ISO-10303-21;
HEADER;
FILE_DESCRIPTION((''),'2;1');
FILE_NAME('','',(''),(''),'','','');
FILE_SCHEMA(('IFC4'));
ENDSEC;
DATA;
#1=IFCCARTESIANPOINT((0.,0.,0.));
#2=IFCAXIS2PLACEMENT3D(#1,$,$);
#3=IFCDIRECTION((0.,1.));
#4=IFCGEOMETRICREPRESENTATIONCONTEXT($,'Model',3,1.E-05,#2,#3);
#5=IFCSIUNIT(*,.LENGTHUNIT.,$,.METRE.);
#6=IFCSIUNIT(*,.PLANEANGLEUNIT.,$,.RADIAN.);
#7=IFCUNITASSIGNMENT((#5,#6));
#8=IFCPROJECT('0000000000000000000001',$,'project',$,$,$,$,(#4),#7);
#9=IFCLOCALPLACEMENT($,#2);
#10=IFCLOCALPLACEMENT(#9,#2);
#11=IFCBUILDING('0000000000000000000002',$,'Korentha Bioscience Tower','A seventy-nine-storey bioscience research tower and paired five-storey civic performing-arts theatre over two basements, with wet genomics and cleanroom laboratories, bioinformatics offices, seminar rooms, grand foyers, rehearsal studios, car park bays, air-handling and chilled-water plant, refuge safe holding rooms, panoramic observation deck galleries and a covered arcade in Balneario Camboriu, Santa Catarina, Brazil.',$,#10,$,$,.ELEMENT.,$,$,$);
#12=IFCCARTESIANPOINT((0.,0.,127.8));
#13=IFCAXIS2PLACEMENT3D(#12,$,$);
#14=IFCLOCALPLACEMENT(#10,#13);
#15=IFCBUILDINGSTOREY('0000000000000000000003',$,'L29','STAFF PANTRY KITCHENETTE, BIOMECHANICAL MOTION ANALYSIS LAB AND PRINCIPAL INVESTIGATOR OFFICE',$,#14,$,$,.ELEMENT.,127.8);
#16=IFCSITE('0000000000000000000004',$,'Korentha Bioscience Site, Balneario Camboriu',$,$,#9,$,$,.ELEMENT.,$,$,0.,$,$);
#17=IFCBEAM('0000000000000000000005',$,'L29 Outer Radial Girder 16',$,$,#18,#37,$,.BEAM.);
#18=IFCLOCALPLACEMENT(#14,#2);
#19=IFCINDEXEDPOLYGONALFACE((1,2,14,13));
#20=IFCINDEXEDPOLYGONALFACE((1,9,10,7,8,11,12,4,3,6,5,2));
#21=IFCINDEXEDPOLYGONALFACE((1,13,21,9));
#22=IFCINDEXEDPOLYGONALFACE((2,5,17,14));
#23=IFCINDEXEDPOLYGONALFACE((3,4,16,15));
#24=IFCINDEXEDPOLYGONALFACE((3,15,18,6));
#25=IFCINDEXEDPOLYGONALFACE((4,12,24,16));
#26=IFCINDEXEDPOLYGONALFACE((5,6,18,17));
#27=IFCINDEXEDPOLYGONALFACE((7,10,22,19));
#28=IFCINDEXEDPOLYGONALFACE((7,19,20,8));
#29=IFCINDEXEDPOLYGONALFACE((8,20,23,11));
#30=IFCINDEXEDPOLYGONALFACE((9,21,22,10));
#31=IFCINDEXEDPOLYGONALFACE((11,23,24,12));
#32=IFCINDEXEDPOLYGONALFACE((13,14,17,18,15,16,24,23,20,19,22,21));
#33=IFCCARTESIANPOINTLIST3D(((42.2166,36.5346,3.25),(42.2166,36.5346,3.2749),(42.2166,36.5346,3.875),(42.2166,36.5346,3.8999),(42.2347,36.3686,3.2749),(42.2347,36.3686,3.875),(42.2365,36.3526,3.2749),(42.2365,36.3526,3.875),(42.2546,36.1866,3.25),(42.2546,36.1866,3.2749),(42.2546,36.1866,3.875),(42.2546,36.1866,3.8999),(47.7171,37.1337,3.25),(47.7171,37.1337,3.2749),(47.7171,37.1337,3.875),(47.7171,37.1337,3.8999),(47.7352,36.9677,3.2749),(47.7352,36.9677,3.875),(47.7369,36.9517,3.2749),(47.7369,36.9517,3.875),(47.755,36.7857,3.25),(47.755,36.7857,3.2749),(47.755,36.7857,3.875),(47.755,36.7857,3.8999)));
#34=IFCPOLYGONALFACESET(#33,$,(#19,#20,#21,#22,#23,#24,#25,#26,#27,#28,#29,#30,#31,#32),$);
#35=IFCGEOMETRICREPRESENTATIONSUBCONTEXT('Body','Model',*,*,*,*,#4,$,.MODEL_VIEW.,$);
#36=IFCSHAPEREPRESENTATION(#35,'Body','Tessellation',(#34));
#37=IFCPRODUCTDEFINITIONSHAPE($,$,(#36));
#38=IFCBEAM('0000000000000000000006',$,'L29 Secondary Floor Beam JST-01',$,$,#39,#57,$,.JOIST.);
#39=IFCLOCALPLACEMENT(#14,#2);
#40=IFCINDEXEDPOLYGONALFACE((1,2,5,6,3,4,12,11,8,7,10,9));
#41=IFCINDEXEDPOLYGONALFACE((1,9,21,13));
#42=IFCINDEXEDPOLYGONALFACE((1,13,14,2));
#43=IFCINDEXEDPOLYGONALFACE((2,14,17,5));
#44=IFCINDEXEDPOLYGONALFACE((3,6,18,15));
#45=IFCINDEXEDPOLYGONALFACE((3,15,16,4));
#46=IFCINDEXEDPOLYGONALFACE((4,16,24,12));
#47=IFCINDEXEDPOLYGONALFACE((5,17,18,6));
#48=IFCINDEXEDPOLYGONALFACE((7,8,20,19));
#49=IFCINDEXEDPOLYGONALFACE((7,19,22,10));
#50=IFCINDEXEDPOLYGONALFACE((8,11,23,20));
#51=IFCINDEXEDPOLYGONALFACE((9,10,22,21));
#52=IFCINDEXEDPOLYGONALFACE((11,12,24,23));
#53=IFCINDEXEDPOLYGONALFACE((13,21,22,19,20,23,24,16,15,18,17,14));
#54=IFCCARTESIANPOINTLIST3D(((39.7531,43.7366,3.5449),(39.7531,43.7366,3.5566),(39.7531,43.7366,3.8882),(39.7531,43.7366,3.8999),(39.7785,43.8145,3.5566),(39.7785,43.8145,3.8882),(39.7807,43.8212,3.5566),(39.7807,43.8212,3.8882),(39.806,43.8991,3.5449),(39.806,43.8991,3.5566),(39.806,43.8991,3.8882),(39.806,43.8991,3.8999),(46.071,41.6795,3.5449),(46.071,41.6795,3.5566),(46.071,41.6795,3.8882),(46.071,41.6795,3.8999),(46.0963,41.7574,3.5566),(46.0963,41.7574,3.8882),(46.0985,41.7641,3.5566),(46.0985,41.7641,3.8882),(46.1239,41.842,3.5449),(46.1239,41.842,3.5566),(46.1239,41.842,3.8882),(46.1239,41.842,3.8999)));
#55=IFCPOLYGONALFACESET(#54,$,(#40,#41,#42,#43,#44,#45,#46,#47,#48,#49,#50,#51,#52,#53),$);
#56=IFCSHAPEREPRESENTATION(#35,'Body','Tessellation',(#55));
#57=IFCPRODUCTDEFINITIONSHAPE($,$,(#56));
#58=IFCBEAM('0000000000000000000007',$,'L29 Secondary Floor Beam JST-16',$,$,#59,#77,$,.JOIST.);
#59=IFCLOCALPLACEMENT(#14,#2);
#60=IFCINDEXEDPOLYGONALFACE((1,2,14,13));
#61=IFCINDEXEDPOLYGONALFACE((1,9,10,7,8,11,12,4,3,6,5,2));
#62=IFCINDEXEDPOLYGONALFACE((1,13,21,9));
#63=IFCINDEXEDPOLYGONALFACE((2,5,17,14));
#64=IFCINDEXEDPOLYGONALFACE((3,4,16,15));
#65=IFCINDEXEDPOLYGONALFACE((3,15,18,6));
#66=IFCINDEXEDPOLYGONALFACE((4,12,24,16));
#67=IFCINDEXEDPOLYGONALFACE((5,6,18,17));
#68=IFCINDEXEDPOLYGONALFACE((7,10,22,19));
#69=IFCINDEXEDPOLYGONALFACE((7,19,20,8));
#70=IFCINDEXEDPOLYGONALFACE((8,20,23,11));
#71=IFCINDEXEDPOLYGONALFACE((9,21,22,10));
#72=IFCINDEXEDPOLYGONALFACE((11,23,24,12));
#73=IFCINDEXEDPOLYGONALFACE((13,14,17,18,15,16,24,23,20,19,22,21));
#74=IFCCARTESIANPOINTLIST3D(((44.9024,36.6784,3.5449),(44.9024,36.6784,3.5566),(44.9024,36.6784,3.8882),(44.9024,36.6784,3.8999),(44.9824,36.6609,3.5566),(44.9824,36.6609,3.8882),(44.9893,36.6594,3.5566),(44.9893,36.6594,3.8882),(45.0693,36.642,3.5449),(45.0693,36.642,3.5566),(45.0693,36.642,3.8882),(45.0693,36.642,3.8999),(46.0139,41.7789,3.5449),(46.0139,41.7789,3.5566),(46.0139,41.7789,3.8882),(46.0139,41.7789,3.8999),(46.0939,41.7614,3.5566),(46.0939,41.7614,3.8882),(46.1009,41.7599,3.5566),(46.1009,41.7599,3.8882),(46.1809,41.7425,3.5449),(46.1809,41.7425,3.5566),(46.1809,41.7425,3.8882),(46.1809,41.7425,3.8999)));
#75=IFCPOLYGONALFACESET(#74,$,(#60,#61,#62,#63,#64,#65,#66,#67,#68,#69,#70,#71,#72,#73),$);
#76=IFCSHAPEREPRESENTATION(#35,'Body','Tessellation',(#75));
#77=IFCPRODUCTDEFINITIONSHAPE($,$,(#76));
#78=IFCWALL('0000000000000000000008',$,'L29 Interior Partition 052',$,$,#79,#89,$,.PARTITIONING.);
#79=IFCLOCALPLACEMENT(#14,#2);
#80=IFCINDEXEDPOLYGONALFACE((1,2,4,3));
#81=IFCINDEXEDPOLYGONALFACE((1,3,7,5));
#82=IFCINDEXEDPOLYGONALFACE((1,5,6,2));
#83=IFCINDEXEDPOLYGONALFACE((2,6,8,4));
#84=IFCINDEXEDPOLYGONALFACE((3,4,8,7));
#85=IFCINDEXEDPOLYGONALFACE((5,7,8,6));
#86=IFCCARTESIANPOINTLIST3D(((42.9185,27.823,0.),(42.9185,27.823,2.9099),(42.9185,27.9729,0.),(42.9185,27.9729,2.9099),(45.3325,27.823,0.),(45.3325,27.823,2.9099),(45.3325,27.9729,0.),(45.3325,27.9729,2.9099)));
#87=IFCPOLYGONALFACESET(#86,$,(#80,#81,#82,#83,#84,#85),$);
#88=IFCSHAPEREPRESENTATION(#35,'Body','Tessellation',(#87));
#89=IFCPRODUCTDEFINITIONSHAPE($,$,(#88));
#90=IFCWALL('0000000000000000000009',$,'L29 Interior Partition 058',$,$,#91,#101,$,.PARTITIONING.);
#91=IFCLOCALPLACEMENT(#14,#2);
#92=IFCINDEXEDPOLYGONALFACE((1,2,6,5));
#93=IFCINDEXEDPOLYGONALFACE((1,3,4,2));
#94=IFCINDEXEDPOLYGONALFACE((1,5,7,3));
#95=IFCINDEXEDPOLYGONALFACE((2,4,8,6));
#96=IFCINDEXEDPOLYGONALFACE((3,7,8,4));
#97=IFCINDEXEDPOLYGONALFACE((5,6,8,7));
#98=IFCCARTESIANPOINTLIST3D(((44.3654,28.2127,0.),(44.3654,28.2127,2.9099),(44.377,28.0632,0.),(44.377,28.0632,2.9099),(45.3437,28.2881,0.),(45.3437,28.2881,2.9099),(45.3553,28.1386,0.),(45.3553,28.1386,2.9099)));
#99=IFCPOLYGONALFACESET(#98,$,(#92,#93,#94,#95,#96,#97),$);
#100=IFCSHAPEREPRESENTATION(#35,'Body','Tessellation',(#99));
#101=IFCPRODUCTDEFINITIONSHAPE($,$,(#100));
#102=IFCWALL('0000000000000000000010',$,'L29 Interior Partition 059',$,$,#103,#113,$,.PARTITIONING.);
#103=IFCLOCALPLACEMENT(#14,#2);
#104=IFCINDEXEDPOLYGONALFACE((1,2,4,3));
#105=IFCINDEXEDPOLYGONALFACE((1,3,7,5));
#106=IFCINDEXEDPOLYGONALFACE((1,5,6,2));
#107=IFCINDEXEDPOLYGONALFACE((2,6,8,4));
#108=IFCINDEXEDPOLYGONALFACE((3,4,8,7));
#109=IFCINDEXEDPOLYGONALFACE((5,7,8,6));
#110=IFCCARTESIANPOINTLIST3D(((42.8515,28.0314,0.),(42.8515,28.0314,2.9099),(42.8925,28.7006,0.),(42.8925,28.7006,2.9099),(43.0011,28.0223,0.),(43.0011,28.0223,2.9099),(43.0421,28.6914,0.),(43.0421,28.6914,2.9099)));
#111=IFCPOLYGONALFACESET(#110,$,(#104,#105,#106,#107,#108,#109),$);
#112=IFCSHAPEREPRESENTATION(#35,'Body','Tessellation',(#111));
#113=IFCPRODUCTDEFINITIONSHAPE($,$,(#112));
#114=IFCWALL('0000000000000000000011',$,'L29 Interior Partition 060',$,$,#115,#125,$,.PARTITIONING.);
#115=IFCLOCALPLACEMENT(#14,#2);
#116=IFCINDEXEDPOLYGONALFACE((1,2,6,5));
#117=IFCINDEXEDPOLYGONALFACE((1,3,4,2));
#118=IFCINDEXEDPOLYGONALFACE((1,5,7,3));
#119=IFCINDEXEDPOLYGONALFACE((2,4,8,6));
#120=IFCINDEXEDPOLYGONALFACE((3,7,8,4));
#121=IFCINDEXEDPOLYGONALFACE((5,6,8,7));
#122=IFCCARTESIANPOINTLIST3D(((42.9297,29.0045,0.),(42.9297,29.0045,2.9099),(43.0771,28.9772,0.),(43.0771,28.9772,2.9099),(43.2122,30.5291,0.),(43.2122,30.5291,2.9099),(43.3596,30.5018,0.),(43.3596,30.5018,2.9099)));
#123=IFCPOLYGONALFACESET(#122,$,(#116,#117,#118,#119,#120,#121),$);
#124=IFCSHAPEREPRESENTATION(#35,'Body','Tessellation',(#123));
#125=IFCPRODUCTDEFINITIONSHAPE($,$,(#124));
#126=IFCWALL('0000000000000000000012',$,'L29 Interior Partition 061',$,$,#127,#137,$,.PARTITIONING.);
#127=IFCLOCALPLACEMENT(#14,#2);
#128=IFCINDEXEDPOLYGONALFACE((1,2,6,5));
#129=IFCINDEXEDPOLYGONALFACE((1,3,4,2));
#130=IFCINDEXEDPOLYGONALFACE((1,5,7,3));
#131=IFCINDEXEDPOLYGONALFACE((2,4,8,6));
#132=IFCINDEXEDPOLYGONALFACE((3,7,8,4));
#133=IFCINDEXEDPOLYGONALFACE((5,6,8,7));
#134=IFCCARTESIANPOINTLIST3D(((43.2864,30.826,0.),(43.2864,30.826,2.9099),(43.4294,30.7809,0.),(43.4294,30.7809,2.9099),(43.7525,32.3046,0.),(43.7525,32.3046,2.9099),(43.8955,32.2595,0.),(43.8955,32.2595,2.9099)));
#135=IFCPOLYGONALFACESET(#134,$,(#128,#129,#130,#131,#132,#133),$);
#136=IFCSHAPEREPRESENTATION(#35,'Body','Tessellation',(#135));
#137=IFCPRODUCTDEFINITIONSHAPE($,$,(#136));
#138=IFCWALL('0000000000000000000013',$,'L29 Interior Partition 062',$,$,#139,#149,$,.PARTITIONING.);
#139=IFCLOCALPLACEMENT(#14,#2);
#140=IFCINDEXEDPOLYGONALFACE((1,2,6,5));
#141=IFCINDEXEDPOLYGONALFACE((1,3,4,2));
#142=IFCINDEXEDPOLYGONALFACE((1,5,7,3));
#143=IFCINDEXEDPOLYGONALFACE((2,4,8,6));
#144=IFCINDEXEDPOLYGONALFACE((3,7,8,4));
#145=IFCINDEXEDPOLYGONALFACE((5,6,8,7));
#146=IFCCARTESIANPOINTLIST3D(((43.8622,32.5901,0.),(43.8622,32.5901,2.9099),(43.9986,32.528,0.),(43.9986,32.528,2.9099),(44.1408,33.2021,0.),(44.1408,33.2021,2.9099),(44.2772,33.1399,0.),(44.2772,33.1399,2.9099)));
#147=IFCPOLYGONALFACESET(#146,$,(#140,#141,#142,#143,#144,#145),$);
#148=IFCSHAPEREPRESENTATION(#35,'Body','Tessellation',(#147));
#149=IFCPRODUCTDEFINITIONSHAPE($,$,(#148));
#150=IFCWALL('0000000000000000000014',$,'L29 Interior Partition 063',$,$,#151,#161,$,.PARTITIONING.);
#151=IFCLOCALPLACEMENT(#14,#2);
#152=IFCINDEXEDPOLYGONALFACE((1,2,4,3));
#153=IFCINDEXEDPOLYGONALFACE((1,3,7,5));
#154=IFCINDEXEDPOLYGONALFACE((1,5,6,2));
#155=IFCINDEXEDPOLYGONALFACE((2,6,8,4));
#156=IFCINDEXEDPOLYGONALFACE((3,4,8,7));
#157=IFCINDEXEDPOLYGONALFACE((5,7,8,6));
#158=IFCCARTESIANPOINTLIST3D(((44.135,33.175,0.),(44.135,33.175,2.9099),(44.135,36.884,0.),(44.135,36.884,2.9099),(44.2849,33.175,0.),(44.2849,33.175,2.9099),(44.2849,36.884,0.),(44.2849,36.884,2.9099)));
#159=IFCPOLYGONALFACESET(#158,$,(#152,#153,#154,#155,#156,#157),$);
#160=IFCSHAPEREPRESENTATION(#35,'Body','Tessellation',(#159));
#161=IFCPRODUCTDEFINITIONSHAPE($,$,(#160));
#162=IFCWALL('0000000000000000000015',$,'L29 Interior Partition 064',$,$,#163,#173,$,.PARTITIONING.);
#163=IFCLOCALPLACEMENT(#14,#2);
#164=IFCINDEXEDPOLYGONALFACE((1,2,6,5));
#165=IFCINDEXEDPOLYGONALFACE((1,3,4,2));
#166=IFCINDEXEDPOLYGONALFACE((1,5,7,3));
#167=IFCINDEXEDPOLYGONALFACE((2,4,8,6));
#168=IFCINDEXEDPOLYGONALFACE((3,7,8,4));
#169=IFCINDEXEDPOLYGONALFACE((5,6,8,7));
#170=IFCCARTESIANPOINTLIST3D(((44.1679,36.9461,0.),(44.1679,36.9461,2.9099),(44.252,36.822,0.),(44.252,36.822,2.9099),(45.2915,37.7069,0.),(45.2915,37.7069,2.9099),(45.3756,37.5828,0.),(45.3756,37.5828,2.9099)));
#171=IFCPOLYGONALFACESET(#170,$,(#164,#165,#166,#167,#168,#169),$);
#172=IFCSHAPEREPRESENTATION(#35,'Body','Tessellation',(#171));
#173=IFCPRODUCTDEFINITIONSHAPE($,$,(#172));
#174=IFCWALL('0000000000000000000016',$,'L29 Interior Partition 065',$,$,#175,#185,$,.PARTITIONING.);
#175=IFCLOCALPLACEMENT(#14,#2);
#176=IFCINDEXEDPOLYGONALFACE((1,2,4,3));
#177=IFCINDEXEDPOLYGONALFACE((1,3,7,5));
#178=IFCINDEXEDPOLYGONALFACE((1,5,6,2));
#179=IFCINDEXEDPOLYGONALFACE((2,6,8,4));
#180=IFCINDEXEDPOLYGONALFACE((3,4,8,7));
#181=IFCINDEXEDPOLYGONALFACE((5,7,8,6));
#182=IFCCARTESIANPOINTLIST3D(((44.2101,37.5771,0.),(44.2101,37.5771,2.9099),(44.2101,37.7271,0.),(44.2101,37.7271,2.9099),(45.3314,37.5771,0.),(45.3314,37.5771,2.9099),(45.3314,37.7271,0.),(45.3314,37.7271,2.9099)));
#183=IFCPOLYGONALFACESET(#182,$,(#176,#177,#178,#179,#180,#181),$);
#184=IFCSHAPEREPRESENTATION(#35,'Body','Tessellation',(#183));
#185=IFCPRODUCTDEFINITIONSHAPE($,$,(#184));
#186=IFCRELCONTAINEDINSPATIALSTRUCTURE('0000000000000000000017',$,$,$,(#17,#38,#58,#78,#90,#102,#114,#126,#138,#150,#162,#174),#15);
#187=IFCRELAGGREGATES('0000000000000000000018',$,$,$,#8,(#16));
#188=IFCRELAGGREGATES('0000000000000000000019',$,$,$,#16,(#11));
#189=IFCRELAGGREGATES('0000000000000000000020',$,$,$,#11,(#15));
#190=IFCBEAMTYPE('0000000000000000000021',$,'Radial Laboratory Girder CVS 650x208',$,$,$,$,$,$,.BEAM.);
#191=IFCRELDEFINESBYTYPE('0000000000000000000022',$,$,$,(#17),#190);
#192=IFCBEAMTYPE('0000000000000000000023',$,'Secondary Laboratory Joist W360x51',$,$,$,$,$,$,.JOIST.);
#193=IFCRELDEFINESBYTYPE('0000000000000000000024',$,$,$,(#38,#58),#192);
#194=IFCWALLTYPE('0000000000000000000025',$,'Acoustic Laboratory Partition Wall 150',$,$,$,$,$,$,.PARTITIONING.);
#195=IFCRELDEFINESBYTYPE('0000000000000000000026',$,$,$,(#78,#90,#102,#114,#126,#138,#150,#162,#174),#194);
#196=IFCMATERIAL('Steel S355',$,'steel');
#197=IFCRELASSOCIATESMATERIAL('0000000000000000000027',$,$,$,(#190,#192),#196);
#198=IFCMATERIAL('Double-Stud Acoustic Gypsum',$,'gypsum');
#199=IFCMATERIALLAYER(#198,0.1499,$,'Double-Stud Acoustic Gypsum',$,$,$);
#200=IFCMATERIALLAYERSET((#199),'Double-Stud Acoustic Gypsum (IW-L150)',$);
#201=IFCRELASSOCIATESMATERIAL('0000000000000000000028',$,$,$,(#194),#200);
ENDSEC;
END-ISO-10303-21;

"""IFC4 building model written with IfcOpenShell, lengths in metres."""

from ifc_helpers import new_model, si_unit, direction, frame, frame_2d, origin, origin_2d, place, context, subcontext, project, spatial, rectangle, i_section, extrude, material, layer, layer_set, material_profile, profile_set, type_object, element, save


model = new_model("IFC4")

# Units and contexts
model_context = context("Model", 3, precision=1e-05, world=origin(), true_north=direction((0.0, 1.0)))
body_context = subcontext(model_context, "Body", "Model", "MODEL_VIEW")
ifc_project = project(units=[si_unit("LENGTHUNIT", "METRE"), si_unit("PLANEANGLEUNIT", "RADIAN")], contexts=[model_context])

# Site, building, storey
site_placement = place(None, origin())
site = spatial("IfcSite", under=ifc_project, at=site_placement, Name="Korentha Bioscience Site, Balneario Camboriu", CompositionType="ELEMENT", RefElevation=0.0)
building_placement = place(site_placement, origin())
building = spatial("IfcBuilding", under=site, at=building_placement, Name="Korentha Bioscience Tower", Description="A seventy-nine-storey bioscience research tower and paired five-storey civic performing-arts theatre over two basements, with wet genomics and cleanroom laboratories, bioinformatics offices, seminar rooms, grand foyers, rehearsal studios, car park bays, air-handling and chilled-water plant, refuge safe holding rooms, panoramic observation deck galleries and a covered arcade in Balneario Camboriu, Santa Catarina, Brazil.", CompositionType="ELEMENT")
storey_placement = place(building_placement, frame((0.0, 0.0, 127.8)))
storey = spatial("IfcBuildingStorey", under=building, at=storey_placement, Name="L29", Description="STAFF PANTRY KITCHENETTE, BIOMECHANICAL MOTION ANALYSIS LAB AND PRINCIPAL INVESTIGATOR OFFICE", CompositionType="ELEMENT", Elevation=127.8)

# Shared definitions
ifc_material_1 = material(Name="Steel S355", Category="steel")

# Beams
ifc_material_profile_1 = material_profile(ifc_material_1, i_section(OverallWidth=0.3501, OverallDepth=0.6499, WebThickness=0.0161, FlangeThickness=0.0249, at=origin_2d()), Name="Steel S355")
ifc_profile_set_1 = profile_set([ifc_material_profile_1], Name="Steel S355 (RB-650)")
beam_type_1 = type_object("IfcBeamType", Name="Radial Laboratory Girder CVS 650x208", PredefinedType="BEAM", material=ifc_profile_set_1)
beam_1_placement = place(storey_placement, frame((42.2356, 36.3606, 3.575), z_axis=(0.99412, 0.108281, 0.0), x_axis=(-0.108281, 0.99412, 0.0)))
element("IfcBeam", 1, at=beam_1_placement, inside=storey, type_object=beam_type_1, Name="L29 Outer Radial Girder 16", PredefinedType="BEAM", context=body_context, shape_type="SweptSolid", body=[
    extrude(i_section(OverallWidth=0.3501, OverallDepth=0.6499, WebThickness=0.0161, FlangeThickness=0.0249, at=origin_2d()), origin(), (0.0, 0.0, 1.0), 5.533),
])
ifc_material_profile_2 = material_profile(ifc_material_1, i_section(OverallWidth=0.1709, OverallDepth=0.355, WebThickness=0.0071, FlangeThickness=0.0117, at=origin_2d()), Name="Steel S355")
ifc_profile_set_2 = profile_set([ifc_material_profile_2], Name="Steel S355 (JB-360)")
beam_type_2 = type_object("IfcBeamType", Name="Secondary Laboratory Joist W360x51", PredefinedType="JOIST", material=ifc_profile_set_2)
beam_2_placement = place(storey_placement, frame((46.0974, 41.7607, 3.7224), z_axis=(-0.950865, 0.309606, 0.0), x_axis=(-0.309606, -0.950865, 0.0)))
element("IfcBeam", 2, at=beam_2_placement, inside=storey, type_object=beam_type_2, Name="L29 Secondary Floor Beam JST-01", PredefinedType="JOIST", context=body_context, shape_type="SweptSolid", body=[
    extrude(i_section(OverallWidth=0.1709, OverallDepth=0.355, WebThickness=0.0071, FlangeThickness=0.0117, at=origin_2d()), origin(), (0.0, 0.0, 1.0), 6.6443),
])
beam_3_placement = place(storey_placement, frame((44.9858, 36.6602, 3.7224), z_axis=(0.212932, 0.977067, 0.0), x_axis=(-0.977067, 0.212932, 0.0)))
element("IfcBeam", 3, at=beam_3_placement, inside=storey, type_object=beam_type_2, Name="L29 Secondary Floor Beam JST-16", PredefinedType="JOIST", context=body_context, shape_type="SweptSolid", body=[
    extrude(i_section(OverallWidth=0.1709, OverallDepth=0.355, WebThickness=0.0071, FlangeThickness=0.0117, at=origin_2d()), origin(), (0.0, 0.0, 1.0), 5.2202),
])

# Walls
ifc_material_2 = material(Name="Double-Stud Acoustic Gypsum", Category="gypsum")
ifc_layer_1 = layer(ifc_material_2, 0.1499, Name="Double-Stud Acoustic Gypsum")
ifc_layer_set_1 = layer_set([ifc_layer_1], Name="Double-Stud Acoustic Gypsum (IW-L150)")
wall_type_1 = type_object("IfcWallType", Name="Acoustic Laboratory Partition Wall 150", PredefinedType="PARTITIONING", material=ifc_layer_set_1)
wall_1_placement = place(storey_placement, frame((42.9185, 27.8979, 0.0), z_axis=(0.0, 0.0, 1.0), x_axis=(1.0, 0.0, 0.0)))
element("IfcWall", 4, at=wall_1_placement, inside=storey, type_object=wall_type_1, Name="L29 Interior Partition 052", PredefinedType="PARTITIONING", context=body_context, shape_type="SweptSolid", body=[
    extrude(rectangle(XDim=2.4141, YDim=0.1499, at=frame_2d((1.207, 0.0))), origin(), (0.0, 0.0, 1.0), 2.9099),
])
wall_2_placement = place(storey_placement, frame((45.3496, 28.2134, 0.0), z_axis=(0.0, 0.0, 1.0), x_axis=(-0.99704, -0.076887, 0.0)))
element("IfcWall", 5, at=wall_2_placement, inside=storey, type_object=wall_type_1, Name="L29 Interior Partition 058", PredefinedType="PARTITIONING", context=body_context, shape_type="SweptSolid", body=[
    extrude(rectangle(XDim=0.9812, YDim=0.1499, at=frame_2d((0.4907, 0.0))), origin(), (0.0, 0.0, 1.0), 2.9099),
])
wall_3_placement = place(storey_placement, frame((42.9263, 28.0269, 0.0), z_axis=(0.0, 0.0, 1.0), x_axis=(0.061177, 0.998127, 0.0)))
element("IfcWall", 6, at=wall_3_placement, inside=storey, type_object=wall_type_1, Name="L29 Interior Partition 059", PredefinedType="PARTITIONING", context=body_context, shape_type="SweptSolid", body=[
    extrude(rectangle(XDim=0.6704, YDim=0.1499, at=frame_2d((0.3352, 0.0))), origin(), (0.0, 0.0, 1.0), 2.9099),
])
wall_4_placement = place(storey_placement, frame((43.0034, 28.9907, 0.0), z_axis=(0.0, 0.0, 1.0), x_axis=(0.182168, 0.983267, 0.0)))
element("IfcWall", 7, at=wall_4_placement, inside=storey, type_object=wall_type_1, Name="L29 Interior Partition 060", PredefinedType="PARTITIONING", context=body_context, shape_type="SweptSolid", body=[
    extrude(rectangle(XDim=1.5505, YDim=0.1499, at=frame_2d((0.7754, 0.0))), origin(), (0.0, 0.0, 1.0), 2.9099),
])
wall_5_placement = place(storey_placement, frame((43.3579, 30.8035, 0.0), z_axis=(0.0, 0.0, 1.0), x_axis=(0.300641, 0.953737, 0.0)))
element("IfcWall", 8, at=wall_5_placement, inside=storey, type_object=wall_type_1, Name="L29 Interior Partition 061", PredefinedType="PARTITIONING", context=body_context, shape_type="SweptSolid", body=[
    extrude(rectangle(XDim=1.5503, YDim=0.1499, at=frame_2d((0.7751, 0.0))), origin(), (0.0, 0.0, 1.0), 2.9099),
])
wall_6_placement = place(storey_placement, frame((43.9304, 32.5591, 0.0), z_axis=(0.0, 0.0, 1.0), x_axis=(0.414377, 0.910105, 0.0)))
element("IfcWall", 9, at=wall_6_placement, inside=storey, type_object=wall_type_1, Name="L29 Interior Partition 062", PredefinedType="PARTITIONING", context=body_context, shape_type="SweptSolid", body=[
    extrude(rectangle(XDim=0.6724, YDim=0.1499, at=frame_2d((0.3362, 0.0))), origin(), (0.0, 0.0, 1.0), 2.9099),
])
wall_7_placement = place(storey_placement, frame((44.21, 33.175, 0.0), z_axis=(0.0, 0.0, 1.0), x_axis=(0.0, 1.0, 0.0)))
element("IfcWall", 10, at=wall_7_placement, inside=storey, type_object=wall_type_1, Name="L29 Interior Partition 063", PredefinedType="PARTITIONING", context=body_context, shape_type="SweptSolid", body=[
    extrude(rectangle(XDim=3.709, YDim=0.1499, at=frame_2d((1.8545, 0.0))), origin(), (0.0, 0.0, 1.0), 2.9099),
])
wall_8_placement = place(storey_placement, frame((44.21, 36.884, 0.0), z_axis=(0.0, 0.0, 1.0), x_axis=(0.828043, 0.560665, 0.0)))
element("IfcWall", 11, at=wall_8_placement, inside=storey, type_object=wall_type_1, Name="L29 Interior Partition 064", PredefinedType="PARTITIONING", context=body_context, shape_type="SweptSolid", body=[
    extrude(rectangle(XDim=1.3569, YDim=0.1499, at=frame_2d((0.6785, 0.0))), origin(), (0.0, 0.0, 1.0), 2.9099),
])
wall_9_placement = place(storey_placement, frame((45.3313, 37.6521, 0.0), z_axis=(0.0, 0.0, 1.0), x_axis=(-1.0, 0.0, 0.0)))
element("IfcWall", 12, at=wall_9_placement, inside=storey, type_object=wall_type_1, Name="L29 Interior Partition 065", PredefinedType="PARTITIONING", context=body_context, shape_type="SweptSolid", body=[
    extrude(rectangle(XDim=1.1213, YDim=0.1499, at=frame_2d((0.5605, 0.0))), origin(), (0.0, 0.0, 1.0), 2.9099),
])

save(model, "model.ifc")
